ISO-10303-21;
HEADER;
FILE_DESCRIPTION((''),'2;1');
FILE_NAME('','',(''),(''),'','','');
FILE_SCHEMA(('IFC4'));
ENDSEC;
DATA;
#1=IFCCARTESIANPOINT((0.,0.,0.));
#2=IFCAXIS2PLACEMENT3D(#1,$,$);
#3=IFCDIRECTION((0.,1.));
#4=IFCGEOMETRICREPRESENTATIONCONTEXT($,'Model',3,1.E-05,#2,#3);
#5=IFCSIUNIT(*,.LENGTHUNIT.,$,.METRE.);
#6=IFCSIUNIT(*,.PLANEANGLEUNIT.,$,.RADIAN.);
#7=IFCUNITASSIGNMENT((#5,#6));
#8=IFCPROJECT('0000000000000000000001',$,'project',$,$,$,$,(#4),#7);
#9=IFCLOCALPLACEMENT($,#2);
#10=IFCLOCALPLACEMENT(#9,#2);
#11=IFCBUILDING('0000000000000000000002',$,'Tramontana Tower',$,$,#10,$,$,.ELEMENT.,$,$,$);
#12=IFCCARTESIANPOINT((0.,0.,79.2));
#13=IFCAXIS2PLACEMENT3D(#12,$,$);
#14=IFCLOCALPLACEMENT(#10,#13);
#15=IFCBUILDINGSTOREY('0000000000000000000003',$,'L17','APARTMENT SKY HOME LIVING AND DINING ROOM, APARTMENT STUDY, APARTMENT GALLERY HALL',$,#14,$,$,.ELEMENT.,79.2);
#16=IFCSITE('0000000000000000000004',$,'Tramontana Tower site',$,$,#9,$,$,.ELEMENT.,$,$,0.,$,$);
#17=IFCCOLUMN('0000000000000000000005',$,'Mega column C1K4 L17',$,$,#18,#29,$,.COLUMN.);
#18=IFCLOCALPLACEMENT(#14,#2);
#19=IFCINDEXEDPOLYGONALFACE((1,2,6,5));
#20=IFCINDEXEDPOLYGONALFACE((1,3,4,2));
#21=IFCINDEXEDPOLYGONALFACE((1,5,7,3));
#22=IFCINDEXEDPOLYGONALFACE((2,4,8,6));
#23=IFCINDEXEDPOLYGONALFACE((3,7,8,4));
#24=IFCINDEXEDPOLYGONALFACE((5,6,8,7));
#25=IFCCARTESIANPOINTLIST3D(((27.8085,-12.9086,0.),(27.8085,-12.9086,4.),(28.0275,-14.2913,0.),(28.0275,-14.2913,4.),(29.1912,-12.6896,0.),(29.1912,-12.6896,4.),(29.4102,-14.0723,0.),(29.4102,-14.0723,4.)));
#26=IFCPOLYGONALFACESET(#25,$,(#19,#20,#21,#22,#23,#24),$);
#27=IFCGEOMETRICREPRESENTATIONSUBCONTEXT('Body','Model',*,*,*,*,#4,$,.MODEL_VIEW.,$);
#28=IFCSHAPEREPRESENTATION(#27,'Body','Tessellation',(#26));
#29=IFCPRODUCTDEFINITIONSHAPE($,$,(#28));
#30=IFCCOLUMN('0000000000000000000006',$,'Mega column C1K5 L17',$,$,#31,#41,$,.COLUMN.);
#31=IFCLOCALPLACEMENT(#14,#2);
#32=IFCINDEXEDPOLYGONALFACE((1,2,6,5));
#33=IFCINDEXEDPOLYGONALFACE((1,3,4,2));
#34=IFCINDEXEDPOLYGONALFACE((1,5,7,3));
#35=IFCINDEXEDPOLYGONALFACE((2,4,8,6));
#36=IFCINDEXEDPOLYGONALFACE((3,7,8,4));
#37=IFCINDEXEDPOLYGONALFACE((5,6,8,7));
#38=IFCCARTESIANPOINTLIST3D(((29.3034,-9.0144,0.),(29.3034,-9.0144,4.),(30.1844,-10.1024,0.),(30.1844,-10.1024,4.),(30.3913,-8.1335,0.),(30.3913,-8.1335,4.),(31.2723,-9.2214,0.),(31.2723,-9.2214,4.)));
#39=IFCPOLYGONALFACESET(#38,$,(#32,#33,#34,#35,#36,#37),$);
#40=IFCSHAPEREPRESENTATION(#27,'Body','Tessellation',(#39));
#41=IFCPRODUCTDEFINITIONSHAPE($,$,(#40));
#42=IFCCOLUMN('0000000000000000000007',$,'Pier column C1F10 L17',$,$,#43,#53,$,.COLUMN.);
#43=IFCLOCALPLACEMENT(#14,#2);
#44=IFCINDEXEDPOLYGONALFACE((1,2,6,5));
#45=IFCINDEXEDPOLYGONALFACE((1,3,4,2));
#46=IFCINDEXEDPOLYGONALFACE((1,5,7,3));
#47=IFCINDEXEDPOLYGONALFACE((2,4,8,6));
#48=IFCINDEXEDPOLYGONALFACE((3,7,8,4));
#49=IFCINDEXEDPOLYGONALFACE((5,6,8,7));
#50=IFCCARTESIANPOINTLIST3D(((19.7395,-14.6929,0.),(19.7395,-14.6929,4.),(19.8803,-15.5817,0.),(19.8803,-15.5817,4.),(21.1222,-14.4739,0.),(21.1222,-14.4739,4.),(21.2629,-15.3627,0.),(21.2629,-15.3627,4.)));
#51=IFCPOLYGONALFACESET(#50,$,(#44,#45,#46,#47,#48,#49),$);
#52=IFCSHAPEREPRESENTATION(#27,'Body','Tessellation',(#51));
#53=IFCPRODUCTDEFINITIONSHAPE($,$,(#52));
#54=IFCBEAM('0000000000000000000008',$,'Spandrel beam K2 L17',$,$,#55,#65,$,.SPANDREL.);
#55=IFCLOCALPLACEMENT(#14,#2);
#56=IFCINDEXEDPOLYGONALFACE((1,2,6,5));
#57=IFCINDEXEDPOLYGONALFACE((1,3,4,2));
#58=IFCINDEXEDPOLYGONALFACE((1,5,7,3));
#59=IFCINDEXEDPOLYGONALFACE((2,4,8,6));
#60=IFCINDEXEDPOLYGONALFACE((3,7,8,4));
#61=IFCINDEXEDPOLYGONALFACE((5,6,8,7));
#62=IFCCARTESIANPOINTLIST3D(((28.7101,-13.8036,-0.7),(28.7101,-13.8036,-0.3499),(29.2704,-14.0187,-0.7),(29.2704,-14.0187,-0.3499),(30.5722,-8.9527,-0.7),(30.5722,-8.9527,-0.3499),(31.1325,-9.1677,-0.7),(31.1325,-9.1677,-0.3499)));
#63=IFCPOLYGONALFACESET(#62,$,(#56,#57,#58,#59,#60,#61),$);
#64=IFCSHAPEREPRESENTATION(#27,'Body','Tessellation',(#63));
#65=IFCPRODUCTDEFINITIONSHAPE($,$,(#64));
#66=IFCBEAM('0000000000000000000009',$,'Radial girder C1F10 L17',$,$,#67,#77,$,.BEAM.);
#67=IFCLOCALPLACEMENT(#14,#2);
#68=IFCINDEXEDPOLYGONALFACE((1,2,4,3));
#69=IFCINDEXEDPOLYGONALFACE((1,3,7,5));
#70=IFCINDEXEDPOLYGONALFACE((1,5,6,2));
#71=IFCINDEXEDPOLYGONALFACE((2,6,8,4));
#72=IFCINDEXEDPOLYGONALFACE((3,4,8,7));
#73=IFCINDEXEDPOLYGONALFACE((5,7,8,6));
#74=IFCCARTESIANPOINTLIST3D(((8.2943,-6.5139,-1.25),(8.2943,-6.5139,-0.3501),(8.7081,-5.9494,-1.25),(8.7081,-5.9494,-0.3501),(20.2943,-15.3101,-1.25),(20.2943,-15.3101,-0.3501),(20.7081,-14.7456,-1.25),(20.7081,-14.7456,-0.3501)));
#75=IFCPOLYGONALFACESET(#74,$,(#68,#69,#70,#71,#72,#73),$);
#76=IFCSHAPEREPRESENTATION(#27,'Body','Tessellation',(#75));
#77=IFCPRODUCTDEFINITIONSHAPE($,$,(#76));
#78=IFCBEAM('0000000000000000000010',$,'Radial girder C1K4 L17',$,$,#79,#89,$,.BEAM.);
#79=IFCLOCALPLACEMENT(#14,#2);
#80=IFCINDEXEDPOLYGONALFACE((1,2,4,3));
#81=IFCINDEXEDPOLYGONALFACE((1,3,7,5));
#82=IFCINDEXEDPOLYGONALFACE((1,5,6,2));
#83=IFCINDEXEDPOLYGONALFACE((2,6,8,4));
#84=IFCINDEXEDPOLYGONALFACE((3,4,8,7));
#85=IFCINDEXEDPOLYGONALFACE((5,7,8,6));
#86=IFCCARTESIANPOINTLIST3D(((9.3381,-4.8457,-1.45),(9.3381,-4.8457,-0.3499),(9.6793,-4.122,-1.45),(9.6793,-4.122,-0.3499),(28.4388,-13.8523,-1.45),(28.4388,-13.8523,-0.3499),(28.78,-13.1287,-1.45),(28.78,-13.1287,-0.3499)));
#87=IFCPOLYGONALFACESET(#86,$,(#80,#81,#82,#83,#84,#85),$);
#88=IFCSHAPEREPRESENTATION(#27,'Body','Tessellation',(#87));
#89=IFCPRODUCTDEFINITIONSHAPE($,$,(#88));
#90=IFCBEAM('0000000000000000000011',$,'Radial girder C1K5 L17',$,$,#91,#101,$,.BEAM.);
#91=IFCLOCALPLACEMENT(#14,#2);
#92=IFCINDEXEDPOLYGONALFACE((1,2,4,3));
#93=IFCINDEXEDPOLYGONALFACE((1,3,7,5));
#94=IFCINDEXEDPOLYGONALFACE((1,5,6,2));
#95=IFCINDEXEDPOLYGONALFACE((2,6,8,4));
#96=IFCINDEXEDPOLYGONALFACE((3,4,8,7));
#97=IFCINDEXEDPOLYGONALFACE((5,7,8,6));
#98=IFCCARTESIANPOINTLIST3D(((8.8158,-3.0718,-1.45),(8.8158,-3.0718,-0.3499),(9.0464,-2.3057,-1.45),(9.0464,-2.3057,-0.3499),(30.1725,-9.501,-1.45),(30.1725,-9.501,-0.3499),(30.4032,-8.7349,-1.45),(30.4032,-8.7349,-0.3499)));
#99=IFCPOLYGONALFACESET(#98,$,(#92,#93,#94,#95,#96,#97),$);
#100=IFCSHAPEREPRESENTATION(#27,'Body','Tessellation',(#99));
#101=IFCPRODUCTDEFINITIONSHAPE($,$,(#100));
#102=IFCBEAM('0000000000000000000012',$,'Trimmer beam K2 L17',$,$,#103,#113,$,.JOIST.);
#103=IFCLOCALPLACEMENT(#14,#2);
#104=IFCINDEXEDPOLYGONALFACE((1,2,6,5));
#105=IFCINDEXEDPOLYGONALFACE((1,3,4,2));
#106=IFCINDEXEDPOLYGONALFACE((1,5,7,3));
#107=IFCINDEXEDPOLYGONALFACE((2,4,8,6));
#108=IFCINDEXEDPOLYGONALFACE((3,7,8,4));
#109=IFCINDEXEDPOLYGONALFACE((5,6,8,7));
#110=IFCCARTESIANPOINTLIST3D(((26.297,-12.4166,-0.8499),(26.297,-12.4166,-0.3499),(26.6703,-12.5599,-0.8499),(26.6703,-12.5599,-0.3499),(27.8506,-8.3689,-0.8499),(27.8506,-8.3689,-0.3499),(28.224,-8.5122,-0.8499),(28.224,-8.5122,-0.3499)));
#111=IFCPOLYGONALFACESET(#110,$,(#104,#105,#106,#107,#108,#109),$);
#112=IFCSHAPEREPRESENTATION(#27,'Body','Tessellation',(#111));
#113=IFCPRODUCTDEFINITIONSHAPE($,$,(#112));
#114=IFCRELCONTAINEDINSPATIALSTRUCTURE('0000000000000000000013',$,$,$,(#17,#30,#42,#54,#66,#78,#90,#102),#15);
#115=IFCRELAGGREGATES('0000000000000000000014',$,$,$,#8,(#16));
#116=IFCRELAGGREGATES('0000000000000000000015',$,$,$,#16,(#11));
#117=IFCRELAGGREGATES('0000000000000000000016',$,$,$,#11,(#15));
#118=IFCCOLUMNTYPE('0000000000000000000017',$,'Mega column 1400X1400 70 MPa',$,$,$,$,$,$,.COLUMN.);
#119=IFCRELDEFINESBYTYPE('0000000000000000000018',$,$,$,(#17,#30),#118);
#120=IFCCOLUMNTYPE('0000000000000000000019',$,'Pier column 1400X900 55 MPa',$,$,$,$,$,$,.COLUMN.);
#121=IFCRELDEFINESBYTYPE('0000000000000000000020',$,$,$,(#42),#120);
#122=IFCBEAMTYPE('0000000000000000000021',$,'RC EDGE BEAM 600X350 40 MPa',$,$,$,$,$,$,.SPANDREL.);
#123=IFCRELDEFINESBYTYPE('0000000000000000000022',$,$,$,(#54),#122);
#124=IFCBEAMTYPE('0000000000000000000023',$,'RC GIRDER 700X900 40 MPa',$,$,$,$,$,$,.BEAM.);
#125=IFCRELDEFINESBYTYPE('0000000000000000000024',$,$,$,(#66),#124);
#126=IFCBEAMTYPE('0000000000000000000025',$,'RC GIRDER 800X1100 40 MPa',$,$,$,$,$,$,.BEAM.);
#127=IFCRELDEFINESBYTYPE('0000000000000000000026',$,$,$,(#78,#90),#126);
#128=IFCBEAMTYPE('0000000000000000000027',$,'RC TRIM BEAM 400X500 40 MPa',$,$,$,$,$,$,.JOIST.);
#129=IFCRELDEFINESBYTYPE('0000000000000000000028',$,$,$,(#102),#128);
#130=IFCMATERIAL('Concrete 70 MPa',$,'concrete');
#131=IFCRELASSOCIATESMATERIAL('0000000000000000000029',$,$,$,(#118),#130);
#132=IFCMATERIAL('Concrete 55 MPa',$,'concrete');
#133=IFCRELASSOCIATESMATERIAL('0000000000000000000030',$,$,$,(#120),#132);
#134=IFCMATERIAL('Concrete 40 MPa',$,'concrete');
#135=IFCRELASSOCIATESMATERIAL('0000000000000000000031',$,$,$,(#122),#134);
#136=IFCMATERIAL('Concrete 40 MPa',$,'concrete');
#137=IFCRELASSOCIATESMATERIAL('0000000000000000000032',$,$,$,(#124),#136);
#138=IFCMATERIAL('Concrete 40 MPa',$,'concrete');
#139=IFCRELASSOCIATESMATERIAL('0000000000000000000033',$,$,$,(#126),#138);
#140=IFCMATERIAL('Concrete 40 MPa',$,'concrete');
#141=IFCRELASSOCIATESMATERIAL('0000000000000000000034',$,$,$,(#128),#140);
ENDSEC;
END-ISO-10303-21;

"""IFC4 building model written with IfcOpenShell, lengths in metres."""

from ifc_helpers import new_model, si_unit, direction, frame, origin, origin_2d, place, context, subcontext, project, spatial, rectangle, extrude, material, material_profile, profile_set, type_object, element, save


model = new_model("IFC4")

# Units and contexts
model_context = context("Model", 3, precision=1e-05, world=origin(), true_north=direction((0.0, 1.0)))
body_context = subcontext(model_context, "Body", "Model", "MODEL_VIEW")
ifc_project = project(units=[si_unit("LENGTHUNIT", "METRE"), si_unit("PLANEANGLEUNIT", "RADIAN")], contexts=[model_context])

# Site, building, storey
site_placement = place(None, origin())
site = spatial("IfcSite", under=ifc_project, at=site_placement, Name="Tramontana Tower site", CompositionType="ELEMENT", RefElevation=0.0)
building_placement = place(site_placement, origin())
building = spatial("IfcBuilding", under=site, at=building_placement, Name="Tramontana Tower", CompositionType="ELEMENT")
storey_placement = place(building_placement, frame((0.0, 0.0, 79.2)))
storey = spatial("IfcBuildingStorey", under=building, at=storey_placement, Name="L17", Description="APARTMENT SKY HOME LIVING AND DINING ROOM, APARTMENT STUDY, APARTMENT GALLERY HALL", CompositionType="ELEMENT", Elevation=79.2)

# Columns
ifc_material_1 = material(Name="Concrete 70 MPa", Category="concrete")
ifc_material_profile_1 = material_profile(ifc_material_1, rectangle(XDim=1.3999, YDim=1.3999, at=origin_2d()), Name="Mega column 1400X1400 70 MPa")
ifc_profile_set_1 = profile_set([ifc_material_profile_1], Name="Concrete 70 MPa")
column_type_1 = type_object("IfcColumnType", Name="Mega column 1400X1400 70 MPa", PredefinedType="COLUMN", material=ifc_profile_set_1)
for number, where, z_axis, x_axis, name in (
    (1, (28.6094, -13.4905, 0.0), (0.0, 0.0, 1.0), (0.987688, 0.156434, 0.0), "Mega column C1K4 L17"),
    (2, (30.2878, -9.1179, 0.0), (0.0, 0.0, 1.0), (-0.62932, 0.777146, 0.0), "Mega column C1K5 L17"),
):
    element("IfcColumn", number, at=place(storey_placement, frame(where, z_axis=z_axis, x_axis=x_axis)), inside=storey, type_object=column_type_1, Name=name, PredefinedType="COLUMN", context=body_context, shape_type="SweptSolid", body=[
        extrude(rectangle(XDim=1.3999, YDim=1.3999, at=origin_2d()), origin(), (0.0, 0.0, 1.0), 4.0),
    ])
ifc_material_2 = material(Name="Concrete 55 MPa", Category="concrete")
ifc_material_profile_2 = material_profile(ifc_material_2, rectangle(XDim=1.3999, YDim=0.8999, at=origin_2d()), Name="Pier column 1400X900 55 MPa")
ifc_profile_set_2 = profile_set([ifc_material_profile_2], Name="Concrete 55 MPa")
column_type_2 = type_object("IfcColumnType", Name="Pier column 1400X900 55 MPa", PredefinedType="COLUMN", material=ifc_profile_set_2)
column_placement = place(storey_placement, frame((20.5012, -15.0278, 0.0), z_axis=(0.0, 0.0, 1.0), x_axis=(0.987688, 0.156434, 0.0)))
element("IfcColumn", 3, at=column_placement, inside=storey, type_object=column_type_2, Name="Pier column C1F10 L17", PredefinedType="COLUMN", context=body_context, shape_type="SweptSolid", body=[
    extrude(rectangle(XDim=1.3999, YDim=0.8999, at=origin_2d()), origin(), (0.0, 0.0, 1.0), 4.0),
])

# Beams
ifc_material_3 = material(Name="Concrete 40 MPa", Category="concrete")
ifc_material_profile_3 = material_profile(ifc_material_3, rectangle(XDim=0.6001, YDim=0.3501, at=origin_2d()), Name="RC EDGE BEAM 600X350 40 MPa")
ifc_profile_set_3 = profile_set([ifc_material_profile_3], Name="Concrete 40 MPa")
beam_type_1 = type_object("IfcBeamType", Name="RC EDGE BEAM 600X350 40 MPa", PredefinedType="SPANDREL", material=ifc_profile_set_3)
beam_1_placement = place(storey_placement, frame((28.9902, -13.9111, -0.5249), z_axis=(0.358368, 0.93358, 0.0), x_axis=(-0.93358, 0.358368, 0.0)))
element("IfcBeam", 4, at=beam_1_placement, inside=storey, type_object=beam_type_1, Name="Spandrel beam K2 L17", PredefinedType="SPANDREL", context=body_context, shape_type="SweptSolid", body=[
    extrude(rectangle(XDim=0.6001, YDim=0.3501, at=origin_2d()), origin(), (0.0, 0.0, 1.0), 5.196),
])
ifc_material_4 = material(Name="Concrete 40 MPa", Category="concrete")
ifc_material_profile_4 = material_profile(ifc_material_4, rectangle(XDim=0.7, YDim=0.8999, at=origin_2d()), Name="RC GIRDER 700X900 40 MPa")
ifc_profile_set_4 = profile_set([ifc_material_profile_4], Name="Concrete 40 MPa")
beam_type_2 = type_object("IfcBeamType", Name="RC GIRDER 700X900 40 MPa", PredefinedType="BEAM", material=ifc_profile_set_4)
beam_2_placement = place(storey_placement, frame((20.5012, -15.0278, -0.8), z_axis=(-0.806529, 0.591195, 0.0), x_axis=(-0.591195, -0.806529, 0.0)))
element("IfcBeam", 5, at=beam_2_placement, inside=storey, type_object=beam_type_2, Name="Radial girder C1F10 L17", PredefinedType="BEAM", context=body_context, shape_type="SweptSolid", body=[
    extrude(rectangle(XDim=0.7, YDim=0.8999, at=origin_2d()), origin(), (0.0, 0.0, 1.0), 14.8787),
])
ifc_material_5 = material(Name="Concrete 40 MPa", Category="concrete")
ifc_material_profile_5 = material_profile(ifc_material_5, rectangle(XDim=0.8, YDim=1.1001, at=origin_2d()), Name="RC GIRDER 800X1100 40 MPa")
ifc_profile_set_5 = profile_set([ifc_material_profile_5], Name="Concrete 40 MPa")
beam_type_3 = type_object("IfcBeamType", Name="RC GIRDER 800X1100 40 MPa", PredefinedType="BEAM", material=ifc_profile_set_5)
beam_3_placement = place(storey_placement, frame((28.6094, -13.4905, -0.8999), z_axis=(-0.904489, 0.426498, 0.0), x_axis=(-0.426498, -0.904489, 0.0)))
element("IfcBeam", 6, at=beam_3_placement, inside=storey, type_object=beam_type_3, Name="Radial girder C1K4 L17", PredefinedType="BEAM", context=body_context, shape_type="SweptSolid", body=[
    extrude(rectangle(XDim=0.8, YDim=1.1001, at=origin_2d()), origin(), (0.0, 0.0, 1.0), 21.1177),
])
beam_4_placement = place(storey_placement, frame((30.2878, -9.1179, -0.8999), z_axis=(-0.957552, 0.288261, 0.0), x_axis=(-0.288261, -0.957552, 0.0)))
element("IfcBeam", 7, at=beam_4_placement, inside=storey, type_object=beam_type_3, Name="Radial girder C1K5 L17", PredefinedType="BEAM", context=body_context, shape_type="SweptSolid", body=[
    extrude(rectangle(XDim=0.8, YDim=1.1001, at=origin_2d()), origin(), (0.0, 0.0, 1.0), 22.3035),
])
ifc_material_6 = material(Name="Concrete 40 MPa", Category="concrete")
ifc_material_profile_6 = material_profile(ifc_material_6, rectangle(XDim=0.3999, YDim=0.5, at=origin_2d()), Name="RC TRIM BEAM 400X500 40 MPa")
ifc_profile_set_6 = profile_set([ifc_material_profile_6], Name="Concrete 40 MPa")
beam_type_4 = type_object("IfcBeamType", Name="RC TRIM BEAM 400X500 40 MPa", PredefinedType="JOIST", material=ifc_profile_set_6)
beam_5_placement = place(storey_placement, frame((26.4836, -12.4883, -0.5999), z_axis=(0.358345, 0.933589, 0.0), x_axis=(-0.933589, 0.358345, 0.0)))
element("IfcBeam", 8, at=beam_5_placement, inside=storey, type_object=beam_type_4, Name="Trimmer beam K2 L17", PredefinedType="JOIST", context=body_context, shape_type="SweptSolid", body=[
    extrude(rectangle(XDim=0.3999, YDim=0.5, at=origin_2d()), origin(), (0.0, 0.0, 1.0), 4.3357),
])

save(model, "model.ifc")
